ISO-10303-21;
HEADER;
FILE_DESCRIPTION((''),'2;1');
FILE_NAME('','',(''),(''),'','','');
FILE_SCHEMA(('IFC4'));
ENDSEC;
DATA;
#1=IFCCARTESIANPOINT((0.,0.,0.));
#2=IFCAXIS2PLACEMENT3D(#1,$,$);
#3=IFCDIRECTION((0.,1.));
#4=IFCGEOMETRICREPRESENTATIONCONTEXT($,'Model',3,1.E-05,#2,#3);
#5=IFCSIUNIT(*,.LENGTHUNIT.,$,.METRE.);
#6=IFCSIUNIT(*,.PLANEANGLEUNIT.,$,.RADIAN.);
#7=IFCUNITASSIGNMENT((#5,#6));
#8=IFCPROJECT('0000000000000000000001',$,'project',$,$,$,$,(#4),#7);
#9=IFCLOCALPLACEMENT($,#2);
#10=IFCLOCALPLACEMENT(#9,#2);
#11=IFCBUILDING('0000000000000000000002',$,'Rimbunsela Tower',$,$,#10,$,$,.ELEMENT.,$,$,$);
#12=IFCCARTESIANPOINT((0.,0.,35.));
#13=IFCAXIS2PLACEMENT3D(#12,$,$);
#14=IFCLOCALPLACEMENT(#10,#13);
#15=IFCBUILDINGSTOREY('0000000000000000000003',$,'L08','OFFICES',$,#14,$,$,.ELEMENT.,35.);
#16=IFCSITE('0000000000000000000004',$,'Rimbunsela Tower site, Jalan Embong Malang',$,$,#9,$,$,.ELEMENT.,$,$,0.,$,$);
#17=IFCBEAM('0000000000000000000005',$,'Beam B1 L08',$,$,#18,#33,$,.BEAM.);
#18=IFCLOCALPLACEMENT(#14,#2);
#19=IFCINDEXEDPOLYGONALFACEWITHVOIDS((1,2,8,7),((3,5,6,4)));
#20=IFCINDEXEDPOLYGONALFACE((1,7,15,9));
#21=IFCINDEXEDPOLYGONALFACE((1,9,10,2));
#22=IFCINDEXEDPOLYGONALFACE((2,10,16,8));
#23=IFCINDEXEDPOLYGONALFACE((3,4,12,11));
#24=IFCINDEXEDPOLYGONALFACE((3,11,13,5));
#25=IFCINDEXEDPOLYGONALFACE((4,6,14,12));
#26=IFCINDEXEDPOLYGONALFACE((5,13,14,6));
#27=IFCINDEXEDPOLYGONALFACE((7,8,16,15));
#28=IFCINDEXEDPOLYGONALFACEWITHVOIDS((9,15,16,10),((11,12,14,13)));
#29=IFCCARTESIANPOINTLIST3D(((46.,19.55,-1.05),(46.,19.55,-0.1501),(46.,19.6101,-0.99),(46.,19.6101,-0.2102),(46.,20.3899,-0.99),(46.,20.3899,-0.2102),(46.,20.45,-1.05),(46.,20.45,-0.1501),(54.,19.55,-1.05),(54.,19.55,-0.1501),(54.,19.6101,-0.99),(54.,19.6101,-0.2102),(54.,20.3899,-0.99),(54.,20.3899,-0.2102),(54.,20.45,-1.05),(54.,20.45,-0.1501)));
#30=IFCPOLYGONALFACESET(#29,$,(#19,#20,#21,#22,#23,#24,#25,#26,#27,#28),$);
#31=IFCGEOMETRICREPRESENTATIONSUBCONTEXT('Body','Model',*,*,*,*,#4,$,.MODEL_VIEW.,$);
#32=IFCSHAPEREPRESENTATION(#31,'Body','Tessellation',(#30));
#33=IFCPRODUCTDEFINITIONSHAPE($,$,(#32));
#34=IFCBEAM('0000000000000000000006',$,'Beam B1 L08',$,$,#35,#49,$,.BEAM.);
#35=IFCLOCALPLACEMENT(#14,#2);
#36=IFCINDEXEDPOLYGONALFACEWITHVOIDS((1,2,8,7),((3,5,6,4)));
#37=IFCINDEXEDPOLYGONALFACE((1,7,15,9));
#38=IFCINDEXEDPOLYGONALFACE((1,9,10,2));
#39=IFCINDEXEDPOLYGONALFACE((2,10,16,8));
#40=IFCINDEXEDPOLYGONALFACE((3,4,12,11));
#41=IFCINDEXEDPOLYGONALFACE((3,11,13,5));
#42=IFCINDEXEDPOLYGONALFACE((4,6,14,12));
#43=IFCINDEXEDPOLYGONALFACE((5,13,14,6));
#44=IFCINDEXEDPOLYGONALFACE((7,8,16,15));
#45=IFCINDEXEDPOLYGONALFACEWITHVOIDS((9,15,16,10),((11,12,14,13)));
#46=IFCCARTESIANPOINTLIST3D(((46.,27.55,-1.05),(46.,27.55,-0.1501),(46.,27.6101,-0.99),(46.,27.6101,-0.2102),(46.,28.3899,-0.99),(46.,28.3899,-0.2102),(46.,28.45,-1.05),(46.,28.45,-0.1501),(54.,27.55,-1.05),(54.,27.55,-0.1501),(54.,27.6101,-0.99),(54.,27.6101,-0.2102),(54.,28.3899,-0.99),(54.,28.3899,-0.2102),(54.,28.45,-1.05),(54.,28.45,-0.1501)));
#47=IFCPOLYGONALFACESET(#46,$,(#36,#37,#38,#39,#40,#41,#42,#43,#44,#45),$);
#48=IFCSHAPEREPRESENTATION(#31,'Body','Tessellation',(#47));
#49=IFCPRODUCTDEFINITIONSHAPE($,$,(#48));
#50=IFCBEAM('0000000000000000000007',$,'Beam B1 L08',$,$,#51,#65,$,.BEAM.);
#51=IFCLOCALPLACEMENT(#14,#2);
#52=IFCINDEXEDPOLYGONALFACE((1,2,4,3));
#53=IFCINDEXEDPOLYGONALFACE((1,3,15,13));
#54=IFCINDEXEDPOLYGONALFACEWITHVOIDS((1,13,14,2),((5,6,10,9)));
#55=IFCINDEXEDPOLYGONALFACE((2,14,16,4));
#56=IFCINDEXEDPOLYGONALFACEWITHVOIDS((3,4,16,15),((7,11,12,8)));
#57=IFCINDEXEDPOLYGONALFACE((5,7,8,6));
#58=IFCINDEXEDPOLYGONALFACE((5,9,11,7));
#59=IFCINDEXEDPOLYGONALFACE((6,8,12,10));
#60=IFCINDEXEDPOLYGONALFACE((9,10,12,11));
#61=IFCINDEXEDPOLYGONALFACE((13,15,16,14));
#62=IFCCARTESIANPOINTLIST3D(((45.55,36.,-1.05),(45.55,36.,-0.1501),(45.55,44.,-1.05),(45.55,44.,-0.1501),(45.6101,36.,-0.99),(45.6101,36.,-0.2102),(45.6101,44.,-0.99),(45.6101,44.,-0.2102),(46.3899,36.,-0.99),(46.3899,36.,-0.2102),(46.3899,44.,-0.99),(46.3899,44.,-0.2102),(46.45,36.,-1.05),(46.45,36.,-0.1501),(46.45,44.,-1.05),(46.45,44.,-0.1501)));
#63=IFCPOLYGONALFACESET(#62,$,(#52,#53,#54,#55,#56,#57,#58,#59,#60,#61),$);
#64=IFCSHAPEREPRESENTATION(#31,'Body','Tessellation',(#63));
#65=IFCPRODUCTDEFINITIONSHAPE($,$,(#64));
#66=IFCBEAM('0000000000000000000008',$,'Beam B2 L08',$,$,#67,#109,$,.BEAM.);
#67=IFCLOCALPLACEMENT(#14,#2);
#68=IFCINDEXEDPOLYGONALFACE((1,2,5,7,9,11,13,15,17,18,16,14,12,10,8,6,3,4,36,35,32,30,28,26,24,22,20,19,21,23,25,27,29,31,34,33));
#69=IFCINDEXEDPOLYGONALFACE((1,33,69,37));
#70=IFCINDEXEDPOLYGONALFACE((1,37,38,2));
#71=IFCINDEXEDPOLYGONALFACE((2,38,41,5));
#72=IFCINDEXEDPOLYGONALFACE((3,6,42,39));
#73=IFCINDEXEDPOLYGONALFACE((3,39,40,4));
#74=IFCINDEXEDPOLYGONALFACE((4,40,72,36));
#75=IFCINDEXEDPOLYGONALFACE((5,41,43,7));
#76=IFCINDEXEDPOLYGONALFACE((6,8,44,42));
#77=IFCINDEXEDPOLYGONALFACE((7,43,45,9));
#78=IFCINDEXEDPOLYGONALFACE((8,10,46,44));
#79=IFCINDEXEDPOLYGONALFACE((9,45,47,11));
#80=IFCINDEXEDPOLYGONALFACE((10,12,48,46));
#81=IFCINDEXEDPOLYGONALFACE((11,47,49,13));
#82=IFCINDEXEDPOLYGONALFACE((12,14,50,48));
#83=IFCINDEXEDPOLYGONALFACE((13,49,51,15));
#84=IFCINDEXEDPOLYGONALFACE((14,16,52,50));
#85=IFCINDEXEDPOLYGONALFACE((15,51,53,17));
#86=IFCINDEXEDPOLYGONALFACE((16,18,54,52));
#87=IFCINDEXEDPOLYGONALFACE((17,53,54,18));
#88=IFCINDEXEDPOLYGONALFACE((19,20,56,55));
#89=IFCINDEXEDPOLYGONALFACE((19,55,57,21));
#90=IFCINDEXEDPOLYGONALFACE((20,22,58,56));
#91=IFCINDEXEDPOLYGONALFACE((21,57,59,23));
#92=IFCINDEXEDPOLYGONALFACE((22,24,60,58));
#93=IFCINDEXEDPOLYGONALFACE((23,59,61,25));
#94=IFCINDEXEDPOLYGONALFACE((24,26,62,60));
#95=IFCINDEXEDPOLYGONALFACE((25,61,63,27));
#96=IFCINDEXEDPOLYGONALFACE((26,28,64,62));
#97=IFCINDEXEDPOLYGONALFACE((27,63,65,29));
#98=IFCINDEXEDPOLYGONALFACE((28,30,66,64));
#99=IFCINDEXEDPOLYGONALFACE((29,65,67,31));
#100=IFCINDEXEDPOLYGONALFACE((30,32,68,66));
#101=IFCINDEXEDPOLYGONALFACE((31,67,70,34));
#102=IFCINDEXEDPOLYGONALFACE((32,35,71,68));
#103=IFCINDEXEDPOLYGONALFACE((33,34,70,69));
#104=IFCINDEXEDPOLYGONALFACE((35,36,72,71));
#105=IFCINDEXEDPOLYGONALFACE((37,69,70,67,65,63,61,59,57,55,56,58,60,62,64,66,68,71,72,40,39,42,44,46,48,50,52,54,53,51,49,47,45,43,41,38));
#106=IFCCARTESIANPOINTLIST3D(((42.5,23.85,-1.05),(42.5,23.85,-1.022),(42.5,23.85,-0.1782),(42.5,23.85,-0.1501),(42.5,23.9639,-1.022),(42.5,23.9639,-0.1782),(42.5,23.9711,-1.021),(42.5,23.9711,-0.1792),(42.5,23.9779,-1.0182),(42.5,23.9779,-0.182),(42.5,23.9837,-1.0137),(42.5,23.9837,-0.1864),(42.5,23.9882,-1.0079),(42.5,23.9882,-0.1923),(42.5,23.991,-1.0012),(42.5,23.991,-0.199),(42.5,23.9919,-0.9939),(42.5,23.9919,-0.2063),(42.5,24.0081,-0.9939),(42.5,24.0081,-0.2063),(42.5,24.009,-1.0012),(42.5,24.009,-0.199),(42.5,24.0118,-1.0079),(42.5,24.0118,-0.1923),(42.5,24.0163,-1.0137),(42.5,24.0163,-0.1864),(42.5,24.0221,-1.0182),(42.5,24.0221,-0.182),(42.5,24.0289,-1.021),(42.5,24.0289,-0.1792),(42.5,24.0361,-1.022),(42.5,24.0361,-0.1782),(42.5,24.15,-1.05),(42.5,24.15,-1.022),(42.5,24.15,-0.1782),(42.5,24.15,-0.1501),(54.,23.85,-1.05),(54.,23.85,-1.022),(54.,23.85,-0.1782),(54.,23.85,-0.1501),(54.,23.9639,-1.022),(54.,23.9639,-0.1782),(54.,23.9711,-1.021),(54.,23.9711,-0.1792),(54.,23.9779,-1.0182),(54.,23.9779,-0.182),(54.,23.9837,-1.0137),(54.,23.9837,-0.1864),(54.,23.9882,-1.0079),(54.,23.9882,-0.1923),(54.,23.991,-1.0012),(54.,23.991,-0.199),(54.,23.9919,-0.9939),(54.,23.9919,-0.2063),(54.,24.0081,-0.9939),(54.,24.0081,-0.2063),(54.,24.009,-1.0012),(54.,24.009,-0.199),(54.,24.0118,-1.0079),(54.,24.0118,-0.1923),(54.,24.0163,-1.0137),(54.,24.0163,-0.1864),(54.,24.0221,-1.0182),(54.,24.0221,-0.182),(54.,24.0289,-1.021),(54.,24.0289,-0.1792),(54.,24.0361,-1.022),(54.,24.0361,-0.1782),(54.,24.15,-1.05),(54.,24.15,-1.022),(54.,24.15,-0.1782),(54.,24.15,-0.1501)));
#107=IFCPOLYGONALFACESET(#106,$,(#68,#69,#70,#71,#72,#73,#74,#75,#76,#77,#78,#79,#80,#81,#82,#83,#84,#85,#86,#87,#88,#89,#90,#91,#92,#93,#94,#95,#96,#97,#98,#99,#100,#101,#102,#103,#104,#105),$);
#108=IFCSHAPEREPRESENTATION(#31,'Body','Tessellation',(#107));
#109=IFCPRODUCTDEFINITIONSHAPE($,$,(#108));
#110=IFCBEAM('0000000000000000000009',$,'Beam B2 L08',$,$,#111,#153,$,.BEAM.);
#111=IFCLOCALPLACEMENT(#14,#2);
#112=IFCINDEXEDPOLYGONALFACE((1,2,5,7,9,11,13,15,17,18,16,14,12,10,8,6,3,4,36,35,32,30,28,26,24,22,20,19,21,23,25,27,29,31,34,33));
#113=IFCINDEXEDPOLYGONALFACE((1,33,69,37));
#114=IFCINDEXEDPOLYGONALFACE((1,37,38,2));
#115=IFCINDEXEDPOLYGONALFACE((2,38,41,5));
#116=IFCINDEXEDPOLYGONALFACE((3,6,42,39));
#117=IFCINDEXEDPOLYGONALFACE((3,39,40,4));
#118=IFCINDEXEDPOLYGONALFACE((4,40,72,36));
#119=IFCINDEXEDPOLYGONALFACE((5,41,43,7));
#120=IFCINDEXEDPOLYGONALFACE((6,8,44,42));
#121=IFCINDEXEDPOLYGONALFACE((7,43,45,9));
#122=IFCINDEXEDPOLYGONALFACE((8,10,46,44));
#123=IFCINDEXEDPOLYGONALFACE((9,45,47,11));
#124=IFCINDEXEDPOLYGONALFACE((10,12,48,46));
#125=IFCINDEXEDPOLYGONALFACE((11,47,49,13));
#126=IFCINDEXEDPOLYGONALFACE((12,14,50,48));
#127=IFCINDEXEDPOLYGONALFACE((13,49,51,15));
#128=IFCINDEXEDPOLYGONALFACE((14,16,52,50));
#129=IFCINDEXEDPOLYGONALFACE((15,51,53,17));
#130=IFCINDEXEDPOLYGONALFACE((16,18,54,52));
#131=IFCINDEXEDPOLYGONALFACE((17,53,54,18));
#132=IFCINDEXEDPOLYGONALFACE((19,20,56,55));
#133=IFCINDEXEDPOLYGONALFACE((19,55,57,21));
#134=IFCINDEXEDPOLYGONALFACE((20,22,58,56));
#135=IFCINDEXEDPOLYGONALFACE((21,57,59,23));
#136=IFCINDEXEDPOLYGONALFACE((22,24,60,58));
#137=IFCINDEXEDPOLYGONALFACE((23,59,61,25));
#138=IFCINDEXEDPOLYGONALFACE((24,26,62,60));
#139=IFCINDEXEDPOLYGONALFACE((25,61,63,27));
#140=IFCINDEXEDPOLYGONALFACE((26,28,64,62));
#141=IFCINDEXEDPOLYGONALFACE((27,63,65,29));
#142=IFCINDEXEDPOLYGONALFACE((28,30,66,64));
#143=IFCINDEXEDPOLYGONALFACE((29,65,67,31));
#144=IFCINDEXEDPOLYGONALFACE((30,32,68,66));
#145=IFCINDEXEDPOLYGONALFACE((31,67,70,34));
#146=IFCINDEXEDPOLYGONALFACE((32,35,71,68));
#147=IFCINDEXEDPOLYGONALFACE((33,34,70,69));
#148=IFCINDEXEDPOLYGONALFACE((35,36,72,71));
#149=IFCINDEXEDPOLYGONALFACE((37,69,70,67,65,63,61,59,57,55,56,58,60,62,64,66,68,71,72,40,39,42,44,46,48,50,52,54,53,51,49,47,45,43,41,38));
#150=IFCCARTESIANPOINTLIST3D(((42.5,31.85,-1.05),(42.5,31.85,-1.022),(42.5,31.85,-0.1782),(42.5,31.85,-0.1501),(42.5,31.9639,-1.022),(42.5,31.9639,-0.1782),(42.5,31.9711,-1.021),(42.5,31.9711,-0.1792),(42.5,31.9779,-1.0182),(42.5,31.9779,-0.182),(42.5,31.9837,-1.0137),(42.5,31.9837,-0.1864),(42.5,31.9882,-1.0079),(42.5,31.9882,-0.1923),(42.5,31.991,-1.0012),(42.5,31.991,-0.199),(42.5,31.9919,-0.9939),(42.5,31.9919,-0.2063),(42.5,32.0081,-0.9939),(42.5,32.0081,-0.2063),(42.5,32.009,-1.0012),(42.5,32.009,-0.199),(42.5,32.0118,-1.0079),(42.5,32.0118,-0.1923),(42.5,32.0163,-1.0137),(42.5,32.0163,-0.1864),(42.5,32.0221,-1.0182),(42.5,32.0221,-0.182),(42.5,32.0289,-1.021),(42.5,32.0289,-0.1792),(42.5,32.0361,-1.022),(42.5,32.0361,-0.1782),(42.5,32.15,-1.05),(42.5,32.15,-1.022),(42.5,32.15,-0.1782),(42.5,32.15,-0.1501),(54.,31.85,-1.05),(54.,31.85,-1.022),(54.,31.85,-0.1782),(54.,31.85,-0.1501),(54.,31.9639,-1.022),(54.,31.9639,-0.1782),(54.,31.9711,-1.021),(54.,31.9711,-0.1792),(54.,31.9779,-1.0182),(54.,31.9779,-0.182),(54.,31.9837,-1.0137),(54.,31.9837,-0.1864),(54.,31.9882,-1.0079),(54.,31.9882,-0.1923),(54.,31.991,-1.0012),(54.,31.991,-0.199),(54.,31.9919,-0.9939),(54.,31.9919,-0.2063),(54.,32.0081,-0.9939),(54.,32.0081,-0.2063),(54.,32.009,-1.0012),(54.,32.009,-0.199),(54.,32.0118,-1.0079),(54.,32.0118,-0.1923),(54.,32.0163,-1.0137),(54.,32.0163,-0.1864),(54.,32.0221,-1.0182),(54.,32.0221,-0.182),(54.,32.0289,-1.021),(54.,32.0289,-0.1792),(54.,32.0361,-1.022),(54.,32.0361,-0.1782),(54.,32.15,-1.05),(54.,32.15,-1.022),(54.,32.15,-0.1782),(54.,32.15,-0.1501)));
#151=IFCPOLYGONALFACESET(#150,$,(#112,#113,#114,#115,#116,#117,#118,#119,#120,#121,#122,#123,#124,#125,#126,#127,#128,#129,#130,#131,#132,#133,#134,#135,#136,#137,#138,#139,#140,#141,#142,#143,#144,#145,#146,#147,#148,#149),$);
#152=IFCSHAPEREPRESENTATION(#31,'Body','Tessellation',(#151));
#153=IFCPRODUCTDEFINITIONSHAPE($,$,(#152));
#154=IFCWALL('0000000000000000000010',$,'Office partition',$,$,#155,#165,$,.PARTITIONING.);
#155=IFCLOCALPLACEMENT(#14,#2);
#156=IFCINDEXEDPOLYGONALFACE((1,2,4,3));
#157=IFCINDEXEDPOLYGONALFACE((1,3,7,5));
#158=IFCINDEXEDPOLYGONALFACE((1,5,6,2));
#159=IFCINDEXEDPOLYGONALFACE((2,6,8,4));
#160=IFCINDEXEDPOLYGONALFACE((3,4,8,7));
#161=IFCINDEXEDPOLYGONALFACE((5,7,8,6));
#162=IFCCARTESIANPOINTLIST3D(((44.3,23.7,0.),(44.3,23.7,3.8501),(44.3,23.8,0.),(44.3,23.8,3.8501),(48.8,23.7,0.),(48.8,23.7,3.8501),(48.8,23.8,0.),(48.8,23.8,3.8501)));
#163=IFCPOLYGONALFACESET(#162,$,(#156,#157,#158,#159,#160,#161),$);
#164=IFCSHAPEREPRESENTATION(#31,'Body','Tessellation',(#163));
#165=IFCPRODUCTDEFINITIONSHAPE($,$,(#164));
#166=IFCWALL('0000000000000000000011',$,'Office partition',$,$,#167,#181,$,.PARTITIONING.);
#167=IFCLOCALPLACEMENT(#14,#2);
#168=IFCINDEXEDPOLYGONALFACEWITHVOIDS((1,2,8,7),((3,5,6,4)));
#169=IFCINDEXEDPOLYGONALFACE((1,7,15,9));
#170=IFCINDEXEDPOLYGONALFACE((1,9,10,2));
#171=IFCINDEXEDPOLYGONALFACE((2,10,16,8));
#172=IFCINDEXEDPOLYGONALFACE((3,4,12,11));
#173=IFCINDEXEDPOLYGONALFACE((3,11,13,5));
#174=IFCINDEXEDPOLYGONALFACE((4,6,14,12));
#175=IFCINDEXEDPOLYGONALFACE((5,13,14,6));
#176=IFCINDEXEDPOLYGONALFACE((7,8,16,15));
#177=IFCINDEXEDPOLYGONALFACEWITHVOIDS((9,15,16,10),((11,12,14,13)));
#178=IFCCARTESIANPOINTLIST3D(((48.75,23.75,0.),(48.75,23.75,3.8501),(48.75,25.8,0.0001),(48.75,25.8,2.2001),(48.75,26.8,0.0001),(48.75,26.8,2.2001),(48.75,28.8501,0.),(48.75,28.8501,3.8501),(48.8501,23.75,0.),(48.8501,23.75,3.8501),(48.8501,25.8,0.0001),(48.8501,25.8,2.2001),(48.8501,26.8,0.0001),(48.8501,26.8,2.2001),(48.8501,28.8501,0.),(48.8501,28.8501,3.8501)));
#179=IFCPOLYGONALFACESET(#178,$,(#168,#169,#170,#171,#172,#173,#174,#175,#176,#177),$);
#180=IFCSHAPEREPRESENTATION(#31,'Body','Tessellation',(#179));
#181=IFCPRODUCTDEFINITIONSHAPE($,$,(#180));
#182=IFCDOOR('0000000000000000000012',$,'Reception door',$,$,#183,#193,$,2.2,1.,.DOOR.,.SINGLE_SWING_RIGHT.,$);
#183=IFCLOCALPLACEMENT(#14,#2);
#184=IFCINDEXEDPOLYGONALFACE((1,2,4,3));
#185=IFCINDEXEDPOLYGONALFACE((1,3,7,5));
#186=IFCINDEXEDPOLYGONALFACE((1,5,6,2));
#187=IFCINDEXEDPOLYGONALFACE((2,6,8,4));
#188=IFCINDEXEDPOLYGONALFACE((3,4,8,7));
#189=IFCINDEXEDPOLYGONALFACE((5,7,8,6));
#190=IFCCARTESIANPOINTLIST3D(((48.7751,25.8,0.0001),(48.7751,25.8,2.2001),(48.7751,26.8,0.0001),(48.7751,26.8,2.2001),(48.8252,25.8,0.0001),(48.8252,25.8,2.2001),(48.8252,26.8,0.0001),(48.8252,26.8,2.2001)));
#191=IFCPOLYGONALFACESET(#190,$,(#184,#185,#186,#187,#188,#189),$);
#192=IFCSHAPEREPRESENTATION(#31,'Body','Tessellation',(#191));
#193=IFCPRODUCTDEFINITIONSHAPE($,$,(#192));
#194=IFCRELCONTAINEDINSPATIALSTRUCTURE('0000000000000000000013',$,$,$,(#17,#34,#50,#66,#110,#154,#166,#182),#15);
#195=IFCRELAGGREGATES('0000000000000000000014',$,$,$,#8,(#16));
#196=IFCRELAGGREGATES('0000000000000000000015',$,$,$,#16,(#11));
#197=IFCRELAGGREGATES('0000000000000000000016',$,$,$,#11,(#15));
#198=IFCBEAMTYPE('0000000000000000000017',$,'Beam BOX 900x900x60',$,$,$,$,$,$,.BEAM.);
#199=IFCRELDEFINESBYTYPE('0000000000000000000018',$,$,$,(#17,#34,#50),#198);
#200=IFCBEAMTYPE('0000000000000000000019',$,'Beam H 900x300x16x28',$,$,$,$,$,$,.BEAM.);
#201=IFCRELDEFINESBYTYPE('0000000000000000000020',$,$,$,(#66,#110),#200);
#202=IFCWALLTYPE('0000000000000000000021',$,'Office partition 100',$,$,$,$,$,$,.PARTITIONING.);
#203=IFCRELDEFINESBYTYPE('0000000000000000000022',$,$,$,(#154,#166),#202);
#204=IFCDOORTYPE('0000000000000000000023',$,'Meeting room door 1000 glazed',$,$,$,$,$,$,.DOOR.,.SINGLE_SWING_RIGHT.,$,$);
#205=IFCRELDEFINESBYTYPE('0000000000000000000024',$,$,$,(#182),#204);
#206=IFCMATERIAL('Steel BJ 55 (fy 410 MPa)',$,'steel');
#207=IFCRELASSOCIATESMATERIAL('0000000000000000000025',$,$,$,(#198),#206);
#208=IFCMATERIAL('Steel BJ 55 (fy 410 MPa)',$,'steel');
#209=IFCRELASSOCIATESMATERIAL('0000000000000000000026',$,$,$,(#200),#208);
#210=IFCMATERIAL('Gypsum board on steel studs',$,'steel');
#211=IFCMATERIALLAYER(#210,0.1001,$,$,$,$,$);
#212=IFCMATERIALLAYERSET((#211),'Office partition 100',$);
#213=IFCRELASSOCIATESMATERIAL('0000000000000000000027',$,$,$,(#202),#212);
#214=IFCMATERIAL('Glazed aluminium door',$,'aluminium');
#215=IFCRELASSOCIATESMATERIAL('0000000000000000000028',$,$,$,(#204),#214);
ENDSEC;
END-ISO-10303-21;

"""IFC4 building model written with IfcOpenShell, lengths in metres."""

from ifc_helpers import new_model, si_unit, direction, frame, frame_2d, origin, origin_2d, place, context, subcontext, project, spatial, rectangle, hollow_rectangle, i_section, extrude, material, layer, layer_set, material_profile, profile_set, type_object, element, fill, save


model = new_model("IFC4")

# Units and contexts
model_context = context("Model", 3, precision=1e-05, world=origin(), true_north=direction((0.0, 1.0)))
body_context = subcontext(model_context, "Body", "Model", "MODEL_VIEW")
ifc_project = project(units=[si_unit("LENGTHUNIT", "METRE"), si_unit("PLANEANGLEUNIT", "RADIAN")], contexts=[model_context])

# Site, building, storey
site_placement = place(None, origin())
site = spatial("IfcSite", under=ifc_project, at=site_placement, Name="Rimbunsela Tower site, Jalan Embong Malang", CompositionType="ELEMENT", RefElevation=0.0)
building_placement = place(site_placement, origin())
building = spatial("IfcBuilding", under=site, at=building_placement, Name="Rimbunsela Tower", CompositionType="ELEMENT")
storey_placement = place(building_placement, frame((0.0, 0.0, 35.0)))
storey = spatial("IfcBuildingStorey", under=building, at=storey_placement, Name="L08", Description="OFFICES", CompositionType="ELEMENT", Elevation=35.0)

# Beams
ifc_material_1 = material(Name="Steel BJ 55 (fy 410 MPa)", Category="steel")
ifc_material_profile_1 = material_profile(ifc_material_1, hollow_rectangle(XDim=0.8999, YDim=0.8999, WallThickness=0.0601, at=origin_2d()), Name="BOX 900x900x60")
ifc_profile_set_1 = profile_set([ifc_material_profile_1], Name="Steel BJ 55 (fy 410 MPa)")
beam_type_1 = type_object("IfcBeamType", Name="Beam BOX 900x900x60", PredefinedType="BEAM", material=ifc_profile_set_1)
for number, where, z_axis, x_axis, name in (
    (1, (46.0, 20.0, -0.6001), (1.0, 0.0, 0.0), (0.0, 1.0, 0.0), "Beam B1 L08"),
    (2, (46.0, 28.0, -0.6001), (1.0, 0.0, 0.0), (0.0, 1.0, 0.0), "Beam B1 L08"),
    (3, (46.0, 36.0, -0.6001), (0.0, 1.0, 0.0), (-1.0, 0.0, 0.0), "Beam B1 L08"),
):
    element("IfcBeam", number, at=place(storey_placement, frame(where, z_axis=z_axis, x_axis=x_axis)), inside=storey, type_object=beam_type_1, Name=name, PredefinedType="BEAM", context=body_context, shape_type="SweptSolid", body=[
        extrude(hollow_rectangle(XDim=0.8999, YDim=0.8999, WallThickness=0.0601, at=origin_2d()), origin(), (0.0, 0.0, 1.0), 8.0),
    ])
ifc_material_2 = material(Name="Steel BJ 55 (fy 410 MPa)", Category="steel")
ifc_material_profile_2 = material_profile(ifc_material_2, i_section(OverallWidth=0.3, OverallDepth=0.8999, WebThickness=0.0161, FlangeThickness=0.0281, FilletRadius=0.0281, at=origin_2d()), Name="H 900x300x16x28")
ifc_profile_set_2 = profile_set([ifc_material_profile_2], Name="Steel BJ 55 (fy 410 MPa)")
beam_type_2 = type_object("IfcBeamType", Name="Beam H 900x300x16x28", PredefinedType="BEAM", material=ifc_profile_set_2)
for number, where, z_axis, x_axis, name in (
    (4, (42.5, 24.0, -0.6001), (1.0, 0.0, 0.0), (0.0, 1.0, 0.0), "Beam B2 L08"),
    (5, (42.5, 32.0, -0.6001), (1.0, 0.0, 0.0), (0.0, 1.0, 0.0), "Beam B2 L08"),
):
    element("IfcBeam", number, at=place(storey_placement, frame(where, z_axis=z_axis, x_axis=x_axis)), inside=storey, type_object=beam_type_2, Name=name, PredefinedType="BEAM", context=body_context, shape_type="SweptSolid", body=[
        extrude(i_section(OverallWidth=0.3, OverallDepth=0.8999, WebThickness=0.0161, FlangeThickness=0.0281, FilletRadius=0.0281, at=origin_2d()), origin(), (0.0, 0.0, 1.0), 11.5),
    ])

# Wall
ifc_material_3 = material(Name="Gypsum board on steel studs", Category="steel")
ifc_layer_1 = layer(ifc_material_3, 0.1001)
ifc_layer_set_1 = layer_set([ifc_layer_1], Name="Office partition 100")
wall_type_1 = type_object("IfcWallType", Name="Office partition 100", PredefinedType="PARTITIONING", material=ifc_layer_set_1)
wall_1_placement = place(storey_placement, frame((44.3, 23.75, 0.0), z_axis=(0.0, 0.0, 1.0), x_axis=(1.0, 0.0, 0.0)))
element("IfcWall", 6, at=wall_1_placement, inside=storey, type_object=wall_type_1, Name="Office partition", PredefinedType="PARTITIONING", context=body_context, shape_type="SweptSolid", body=[
    extrude(rectangle(XDim=4.5, YDim=0.1001, at=frame_2d((2.25, 0.0))), origin(), (0.0, 0.0, 1.0), 3.8501),
])

# Wall, opening, door
wall_2_placement = place(storey_placement, frame((48.8, 23.75, 0.0), z_axis=(0.0, 0.0, 1.0), x_axis=(0.0, 1.0, 0.0)))
wall_2 = element("IfcWall", 7, at=wall_2_placement, inside=storey, type_object=wall_type_1, Name="Office partition", PredefinedType="PARTITIONING", context=body_context, shape_type="SweptSolid", body=[
    extrude(rectangle(XDim=5.1001, YDim=0.1001, at=frame_2d((2.55, 0.0))), origin(), (0.0, 0.0, 1.0), 3.8501),
])
opening_1_placement = place(wall_2_placement, frame((2.05, 0.0, 0.0)))
opening_1 = element("IfcOpeningElement", 8, at=opening_1_placement, cuts=wall_2, PredefinedType="OPENING", context=body_context, shape_type="SweptSolid", body=[
    extrude(rectangle(XDim=1.0, YDim=2.2, at=frame_2d((0.5, 1.1001))), frame((0.0, 0.0601, 0.0), z_axis=(0.0, -1.0, 0.0), x_axis=(1.0, 0.0, 0.0)), (0.0, 0.0, 1.0), 0.1201),
])
ifc_material_4 = material(Name="Glazed aluminium door", Category="aluminium")
door_type = type_object("IfcDoorType", Name="Meeting room door 1000 glazed", OperationType="SINGLE_SWING_RIGHT", PredefinedType="DOOR", material=ifc_material_4)
door_placement = place(opening_1_placement, origin())
door = element("IfcDoor", 9, at=door_placement, inside=storey, type_object=door_type, Name="Reception door", OperationType="SINGLE_SWING_RIGHT", OverallHeight=2.2, OverallWidth=1.0, PredefinedType="DOOR", context=body_context, shape_type="SweptSolid", body=[
    extrude(rectangle(XDim=1.0, YDim=2.2, at=frame_2d((0.5, 1.1001))), frame((0.0, 0.0249, 0.0), z_axis=(0.0, -1.0, 0.0), x_axis=(1.0, 0.0, 0.0)), (0.0, 0.0, 1.0), 0.05),
])
fill(opening_1, door)

save(model, "model.ifc")
